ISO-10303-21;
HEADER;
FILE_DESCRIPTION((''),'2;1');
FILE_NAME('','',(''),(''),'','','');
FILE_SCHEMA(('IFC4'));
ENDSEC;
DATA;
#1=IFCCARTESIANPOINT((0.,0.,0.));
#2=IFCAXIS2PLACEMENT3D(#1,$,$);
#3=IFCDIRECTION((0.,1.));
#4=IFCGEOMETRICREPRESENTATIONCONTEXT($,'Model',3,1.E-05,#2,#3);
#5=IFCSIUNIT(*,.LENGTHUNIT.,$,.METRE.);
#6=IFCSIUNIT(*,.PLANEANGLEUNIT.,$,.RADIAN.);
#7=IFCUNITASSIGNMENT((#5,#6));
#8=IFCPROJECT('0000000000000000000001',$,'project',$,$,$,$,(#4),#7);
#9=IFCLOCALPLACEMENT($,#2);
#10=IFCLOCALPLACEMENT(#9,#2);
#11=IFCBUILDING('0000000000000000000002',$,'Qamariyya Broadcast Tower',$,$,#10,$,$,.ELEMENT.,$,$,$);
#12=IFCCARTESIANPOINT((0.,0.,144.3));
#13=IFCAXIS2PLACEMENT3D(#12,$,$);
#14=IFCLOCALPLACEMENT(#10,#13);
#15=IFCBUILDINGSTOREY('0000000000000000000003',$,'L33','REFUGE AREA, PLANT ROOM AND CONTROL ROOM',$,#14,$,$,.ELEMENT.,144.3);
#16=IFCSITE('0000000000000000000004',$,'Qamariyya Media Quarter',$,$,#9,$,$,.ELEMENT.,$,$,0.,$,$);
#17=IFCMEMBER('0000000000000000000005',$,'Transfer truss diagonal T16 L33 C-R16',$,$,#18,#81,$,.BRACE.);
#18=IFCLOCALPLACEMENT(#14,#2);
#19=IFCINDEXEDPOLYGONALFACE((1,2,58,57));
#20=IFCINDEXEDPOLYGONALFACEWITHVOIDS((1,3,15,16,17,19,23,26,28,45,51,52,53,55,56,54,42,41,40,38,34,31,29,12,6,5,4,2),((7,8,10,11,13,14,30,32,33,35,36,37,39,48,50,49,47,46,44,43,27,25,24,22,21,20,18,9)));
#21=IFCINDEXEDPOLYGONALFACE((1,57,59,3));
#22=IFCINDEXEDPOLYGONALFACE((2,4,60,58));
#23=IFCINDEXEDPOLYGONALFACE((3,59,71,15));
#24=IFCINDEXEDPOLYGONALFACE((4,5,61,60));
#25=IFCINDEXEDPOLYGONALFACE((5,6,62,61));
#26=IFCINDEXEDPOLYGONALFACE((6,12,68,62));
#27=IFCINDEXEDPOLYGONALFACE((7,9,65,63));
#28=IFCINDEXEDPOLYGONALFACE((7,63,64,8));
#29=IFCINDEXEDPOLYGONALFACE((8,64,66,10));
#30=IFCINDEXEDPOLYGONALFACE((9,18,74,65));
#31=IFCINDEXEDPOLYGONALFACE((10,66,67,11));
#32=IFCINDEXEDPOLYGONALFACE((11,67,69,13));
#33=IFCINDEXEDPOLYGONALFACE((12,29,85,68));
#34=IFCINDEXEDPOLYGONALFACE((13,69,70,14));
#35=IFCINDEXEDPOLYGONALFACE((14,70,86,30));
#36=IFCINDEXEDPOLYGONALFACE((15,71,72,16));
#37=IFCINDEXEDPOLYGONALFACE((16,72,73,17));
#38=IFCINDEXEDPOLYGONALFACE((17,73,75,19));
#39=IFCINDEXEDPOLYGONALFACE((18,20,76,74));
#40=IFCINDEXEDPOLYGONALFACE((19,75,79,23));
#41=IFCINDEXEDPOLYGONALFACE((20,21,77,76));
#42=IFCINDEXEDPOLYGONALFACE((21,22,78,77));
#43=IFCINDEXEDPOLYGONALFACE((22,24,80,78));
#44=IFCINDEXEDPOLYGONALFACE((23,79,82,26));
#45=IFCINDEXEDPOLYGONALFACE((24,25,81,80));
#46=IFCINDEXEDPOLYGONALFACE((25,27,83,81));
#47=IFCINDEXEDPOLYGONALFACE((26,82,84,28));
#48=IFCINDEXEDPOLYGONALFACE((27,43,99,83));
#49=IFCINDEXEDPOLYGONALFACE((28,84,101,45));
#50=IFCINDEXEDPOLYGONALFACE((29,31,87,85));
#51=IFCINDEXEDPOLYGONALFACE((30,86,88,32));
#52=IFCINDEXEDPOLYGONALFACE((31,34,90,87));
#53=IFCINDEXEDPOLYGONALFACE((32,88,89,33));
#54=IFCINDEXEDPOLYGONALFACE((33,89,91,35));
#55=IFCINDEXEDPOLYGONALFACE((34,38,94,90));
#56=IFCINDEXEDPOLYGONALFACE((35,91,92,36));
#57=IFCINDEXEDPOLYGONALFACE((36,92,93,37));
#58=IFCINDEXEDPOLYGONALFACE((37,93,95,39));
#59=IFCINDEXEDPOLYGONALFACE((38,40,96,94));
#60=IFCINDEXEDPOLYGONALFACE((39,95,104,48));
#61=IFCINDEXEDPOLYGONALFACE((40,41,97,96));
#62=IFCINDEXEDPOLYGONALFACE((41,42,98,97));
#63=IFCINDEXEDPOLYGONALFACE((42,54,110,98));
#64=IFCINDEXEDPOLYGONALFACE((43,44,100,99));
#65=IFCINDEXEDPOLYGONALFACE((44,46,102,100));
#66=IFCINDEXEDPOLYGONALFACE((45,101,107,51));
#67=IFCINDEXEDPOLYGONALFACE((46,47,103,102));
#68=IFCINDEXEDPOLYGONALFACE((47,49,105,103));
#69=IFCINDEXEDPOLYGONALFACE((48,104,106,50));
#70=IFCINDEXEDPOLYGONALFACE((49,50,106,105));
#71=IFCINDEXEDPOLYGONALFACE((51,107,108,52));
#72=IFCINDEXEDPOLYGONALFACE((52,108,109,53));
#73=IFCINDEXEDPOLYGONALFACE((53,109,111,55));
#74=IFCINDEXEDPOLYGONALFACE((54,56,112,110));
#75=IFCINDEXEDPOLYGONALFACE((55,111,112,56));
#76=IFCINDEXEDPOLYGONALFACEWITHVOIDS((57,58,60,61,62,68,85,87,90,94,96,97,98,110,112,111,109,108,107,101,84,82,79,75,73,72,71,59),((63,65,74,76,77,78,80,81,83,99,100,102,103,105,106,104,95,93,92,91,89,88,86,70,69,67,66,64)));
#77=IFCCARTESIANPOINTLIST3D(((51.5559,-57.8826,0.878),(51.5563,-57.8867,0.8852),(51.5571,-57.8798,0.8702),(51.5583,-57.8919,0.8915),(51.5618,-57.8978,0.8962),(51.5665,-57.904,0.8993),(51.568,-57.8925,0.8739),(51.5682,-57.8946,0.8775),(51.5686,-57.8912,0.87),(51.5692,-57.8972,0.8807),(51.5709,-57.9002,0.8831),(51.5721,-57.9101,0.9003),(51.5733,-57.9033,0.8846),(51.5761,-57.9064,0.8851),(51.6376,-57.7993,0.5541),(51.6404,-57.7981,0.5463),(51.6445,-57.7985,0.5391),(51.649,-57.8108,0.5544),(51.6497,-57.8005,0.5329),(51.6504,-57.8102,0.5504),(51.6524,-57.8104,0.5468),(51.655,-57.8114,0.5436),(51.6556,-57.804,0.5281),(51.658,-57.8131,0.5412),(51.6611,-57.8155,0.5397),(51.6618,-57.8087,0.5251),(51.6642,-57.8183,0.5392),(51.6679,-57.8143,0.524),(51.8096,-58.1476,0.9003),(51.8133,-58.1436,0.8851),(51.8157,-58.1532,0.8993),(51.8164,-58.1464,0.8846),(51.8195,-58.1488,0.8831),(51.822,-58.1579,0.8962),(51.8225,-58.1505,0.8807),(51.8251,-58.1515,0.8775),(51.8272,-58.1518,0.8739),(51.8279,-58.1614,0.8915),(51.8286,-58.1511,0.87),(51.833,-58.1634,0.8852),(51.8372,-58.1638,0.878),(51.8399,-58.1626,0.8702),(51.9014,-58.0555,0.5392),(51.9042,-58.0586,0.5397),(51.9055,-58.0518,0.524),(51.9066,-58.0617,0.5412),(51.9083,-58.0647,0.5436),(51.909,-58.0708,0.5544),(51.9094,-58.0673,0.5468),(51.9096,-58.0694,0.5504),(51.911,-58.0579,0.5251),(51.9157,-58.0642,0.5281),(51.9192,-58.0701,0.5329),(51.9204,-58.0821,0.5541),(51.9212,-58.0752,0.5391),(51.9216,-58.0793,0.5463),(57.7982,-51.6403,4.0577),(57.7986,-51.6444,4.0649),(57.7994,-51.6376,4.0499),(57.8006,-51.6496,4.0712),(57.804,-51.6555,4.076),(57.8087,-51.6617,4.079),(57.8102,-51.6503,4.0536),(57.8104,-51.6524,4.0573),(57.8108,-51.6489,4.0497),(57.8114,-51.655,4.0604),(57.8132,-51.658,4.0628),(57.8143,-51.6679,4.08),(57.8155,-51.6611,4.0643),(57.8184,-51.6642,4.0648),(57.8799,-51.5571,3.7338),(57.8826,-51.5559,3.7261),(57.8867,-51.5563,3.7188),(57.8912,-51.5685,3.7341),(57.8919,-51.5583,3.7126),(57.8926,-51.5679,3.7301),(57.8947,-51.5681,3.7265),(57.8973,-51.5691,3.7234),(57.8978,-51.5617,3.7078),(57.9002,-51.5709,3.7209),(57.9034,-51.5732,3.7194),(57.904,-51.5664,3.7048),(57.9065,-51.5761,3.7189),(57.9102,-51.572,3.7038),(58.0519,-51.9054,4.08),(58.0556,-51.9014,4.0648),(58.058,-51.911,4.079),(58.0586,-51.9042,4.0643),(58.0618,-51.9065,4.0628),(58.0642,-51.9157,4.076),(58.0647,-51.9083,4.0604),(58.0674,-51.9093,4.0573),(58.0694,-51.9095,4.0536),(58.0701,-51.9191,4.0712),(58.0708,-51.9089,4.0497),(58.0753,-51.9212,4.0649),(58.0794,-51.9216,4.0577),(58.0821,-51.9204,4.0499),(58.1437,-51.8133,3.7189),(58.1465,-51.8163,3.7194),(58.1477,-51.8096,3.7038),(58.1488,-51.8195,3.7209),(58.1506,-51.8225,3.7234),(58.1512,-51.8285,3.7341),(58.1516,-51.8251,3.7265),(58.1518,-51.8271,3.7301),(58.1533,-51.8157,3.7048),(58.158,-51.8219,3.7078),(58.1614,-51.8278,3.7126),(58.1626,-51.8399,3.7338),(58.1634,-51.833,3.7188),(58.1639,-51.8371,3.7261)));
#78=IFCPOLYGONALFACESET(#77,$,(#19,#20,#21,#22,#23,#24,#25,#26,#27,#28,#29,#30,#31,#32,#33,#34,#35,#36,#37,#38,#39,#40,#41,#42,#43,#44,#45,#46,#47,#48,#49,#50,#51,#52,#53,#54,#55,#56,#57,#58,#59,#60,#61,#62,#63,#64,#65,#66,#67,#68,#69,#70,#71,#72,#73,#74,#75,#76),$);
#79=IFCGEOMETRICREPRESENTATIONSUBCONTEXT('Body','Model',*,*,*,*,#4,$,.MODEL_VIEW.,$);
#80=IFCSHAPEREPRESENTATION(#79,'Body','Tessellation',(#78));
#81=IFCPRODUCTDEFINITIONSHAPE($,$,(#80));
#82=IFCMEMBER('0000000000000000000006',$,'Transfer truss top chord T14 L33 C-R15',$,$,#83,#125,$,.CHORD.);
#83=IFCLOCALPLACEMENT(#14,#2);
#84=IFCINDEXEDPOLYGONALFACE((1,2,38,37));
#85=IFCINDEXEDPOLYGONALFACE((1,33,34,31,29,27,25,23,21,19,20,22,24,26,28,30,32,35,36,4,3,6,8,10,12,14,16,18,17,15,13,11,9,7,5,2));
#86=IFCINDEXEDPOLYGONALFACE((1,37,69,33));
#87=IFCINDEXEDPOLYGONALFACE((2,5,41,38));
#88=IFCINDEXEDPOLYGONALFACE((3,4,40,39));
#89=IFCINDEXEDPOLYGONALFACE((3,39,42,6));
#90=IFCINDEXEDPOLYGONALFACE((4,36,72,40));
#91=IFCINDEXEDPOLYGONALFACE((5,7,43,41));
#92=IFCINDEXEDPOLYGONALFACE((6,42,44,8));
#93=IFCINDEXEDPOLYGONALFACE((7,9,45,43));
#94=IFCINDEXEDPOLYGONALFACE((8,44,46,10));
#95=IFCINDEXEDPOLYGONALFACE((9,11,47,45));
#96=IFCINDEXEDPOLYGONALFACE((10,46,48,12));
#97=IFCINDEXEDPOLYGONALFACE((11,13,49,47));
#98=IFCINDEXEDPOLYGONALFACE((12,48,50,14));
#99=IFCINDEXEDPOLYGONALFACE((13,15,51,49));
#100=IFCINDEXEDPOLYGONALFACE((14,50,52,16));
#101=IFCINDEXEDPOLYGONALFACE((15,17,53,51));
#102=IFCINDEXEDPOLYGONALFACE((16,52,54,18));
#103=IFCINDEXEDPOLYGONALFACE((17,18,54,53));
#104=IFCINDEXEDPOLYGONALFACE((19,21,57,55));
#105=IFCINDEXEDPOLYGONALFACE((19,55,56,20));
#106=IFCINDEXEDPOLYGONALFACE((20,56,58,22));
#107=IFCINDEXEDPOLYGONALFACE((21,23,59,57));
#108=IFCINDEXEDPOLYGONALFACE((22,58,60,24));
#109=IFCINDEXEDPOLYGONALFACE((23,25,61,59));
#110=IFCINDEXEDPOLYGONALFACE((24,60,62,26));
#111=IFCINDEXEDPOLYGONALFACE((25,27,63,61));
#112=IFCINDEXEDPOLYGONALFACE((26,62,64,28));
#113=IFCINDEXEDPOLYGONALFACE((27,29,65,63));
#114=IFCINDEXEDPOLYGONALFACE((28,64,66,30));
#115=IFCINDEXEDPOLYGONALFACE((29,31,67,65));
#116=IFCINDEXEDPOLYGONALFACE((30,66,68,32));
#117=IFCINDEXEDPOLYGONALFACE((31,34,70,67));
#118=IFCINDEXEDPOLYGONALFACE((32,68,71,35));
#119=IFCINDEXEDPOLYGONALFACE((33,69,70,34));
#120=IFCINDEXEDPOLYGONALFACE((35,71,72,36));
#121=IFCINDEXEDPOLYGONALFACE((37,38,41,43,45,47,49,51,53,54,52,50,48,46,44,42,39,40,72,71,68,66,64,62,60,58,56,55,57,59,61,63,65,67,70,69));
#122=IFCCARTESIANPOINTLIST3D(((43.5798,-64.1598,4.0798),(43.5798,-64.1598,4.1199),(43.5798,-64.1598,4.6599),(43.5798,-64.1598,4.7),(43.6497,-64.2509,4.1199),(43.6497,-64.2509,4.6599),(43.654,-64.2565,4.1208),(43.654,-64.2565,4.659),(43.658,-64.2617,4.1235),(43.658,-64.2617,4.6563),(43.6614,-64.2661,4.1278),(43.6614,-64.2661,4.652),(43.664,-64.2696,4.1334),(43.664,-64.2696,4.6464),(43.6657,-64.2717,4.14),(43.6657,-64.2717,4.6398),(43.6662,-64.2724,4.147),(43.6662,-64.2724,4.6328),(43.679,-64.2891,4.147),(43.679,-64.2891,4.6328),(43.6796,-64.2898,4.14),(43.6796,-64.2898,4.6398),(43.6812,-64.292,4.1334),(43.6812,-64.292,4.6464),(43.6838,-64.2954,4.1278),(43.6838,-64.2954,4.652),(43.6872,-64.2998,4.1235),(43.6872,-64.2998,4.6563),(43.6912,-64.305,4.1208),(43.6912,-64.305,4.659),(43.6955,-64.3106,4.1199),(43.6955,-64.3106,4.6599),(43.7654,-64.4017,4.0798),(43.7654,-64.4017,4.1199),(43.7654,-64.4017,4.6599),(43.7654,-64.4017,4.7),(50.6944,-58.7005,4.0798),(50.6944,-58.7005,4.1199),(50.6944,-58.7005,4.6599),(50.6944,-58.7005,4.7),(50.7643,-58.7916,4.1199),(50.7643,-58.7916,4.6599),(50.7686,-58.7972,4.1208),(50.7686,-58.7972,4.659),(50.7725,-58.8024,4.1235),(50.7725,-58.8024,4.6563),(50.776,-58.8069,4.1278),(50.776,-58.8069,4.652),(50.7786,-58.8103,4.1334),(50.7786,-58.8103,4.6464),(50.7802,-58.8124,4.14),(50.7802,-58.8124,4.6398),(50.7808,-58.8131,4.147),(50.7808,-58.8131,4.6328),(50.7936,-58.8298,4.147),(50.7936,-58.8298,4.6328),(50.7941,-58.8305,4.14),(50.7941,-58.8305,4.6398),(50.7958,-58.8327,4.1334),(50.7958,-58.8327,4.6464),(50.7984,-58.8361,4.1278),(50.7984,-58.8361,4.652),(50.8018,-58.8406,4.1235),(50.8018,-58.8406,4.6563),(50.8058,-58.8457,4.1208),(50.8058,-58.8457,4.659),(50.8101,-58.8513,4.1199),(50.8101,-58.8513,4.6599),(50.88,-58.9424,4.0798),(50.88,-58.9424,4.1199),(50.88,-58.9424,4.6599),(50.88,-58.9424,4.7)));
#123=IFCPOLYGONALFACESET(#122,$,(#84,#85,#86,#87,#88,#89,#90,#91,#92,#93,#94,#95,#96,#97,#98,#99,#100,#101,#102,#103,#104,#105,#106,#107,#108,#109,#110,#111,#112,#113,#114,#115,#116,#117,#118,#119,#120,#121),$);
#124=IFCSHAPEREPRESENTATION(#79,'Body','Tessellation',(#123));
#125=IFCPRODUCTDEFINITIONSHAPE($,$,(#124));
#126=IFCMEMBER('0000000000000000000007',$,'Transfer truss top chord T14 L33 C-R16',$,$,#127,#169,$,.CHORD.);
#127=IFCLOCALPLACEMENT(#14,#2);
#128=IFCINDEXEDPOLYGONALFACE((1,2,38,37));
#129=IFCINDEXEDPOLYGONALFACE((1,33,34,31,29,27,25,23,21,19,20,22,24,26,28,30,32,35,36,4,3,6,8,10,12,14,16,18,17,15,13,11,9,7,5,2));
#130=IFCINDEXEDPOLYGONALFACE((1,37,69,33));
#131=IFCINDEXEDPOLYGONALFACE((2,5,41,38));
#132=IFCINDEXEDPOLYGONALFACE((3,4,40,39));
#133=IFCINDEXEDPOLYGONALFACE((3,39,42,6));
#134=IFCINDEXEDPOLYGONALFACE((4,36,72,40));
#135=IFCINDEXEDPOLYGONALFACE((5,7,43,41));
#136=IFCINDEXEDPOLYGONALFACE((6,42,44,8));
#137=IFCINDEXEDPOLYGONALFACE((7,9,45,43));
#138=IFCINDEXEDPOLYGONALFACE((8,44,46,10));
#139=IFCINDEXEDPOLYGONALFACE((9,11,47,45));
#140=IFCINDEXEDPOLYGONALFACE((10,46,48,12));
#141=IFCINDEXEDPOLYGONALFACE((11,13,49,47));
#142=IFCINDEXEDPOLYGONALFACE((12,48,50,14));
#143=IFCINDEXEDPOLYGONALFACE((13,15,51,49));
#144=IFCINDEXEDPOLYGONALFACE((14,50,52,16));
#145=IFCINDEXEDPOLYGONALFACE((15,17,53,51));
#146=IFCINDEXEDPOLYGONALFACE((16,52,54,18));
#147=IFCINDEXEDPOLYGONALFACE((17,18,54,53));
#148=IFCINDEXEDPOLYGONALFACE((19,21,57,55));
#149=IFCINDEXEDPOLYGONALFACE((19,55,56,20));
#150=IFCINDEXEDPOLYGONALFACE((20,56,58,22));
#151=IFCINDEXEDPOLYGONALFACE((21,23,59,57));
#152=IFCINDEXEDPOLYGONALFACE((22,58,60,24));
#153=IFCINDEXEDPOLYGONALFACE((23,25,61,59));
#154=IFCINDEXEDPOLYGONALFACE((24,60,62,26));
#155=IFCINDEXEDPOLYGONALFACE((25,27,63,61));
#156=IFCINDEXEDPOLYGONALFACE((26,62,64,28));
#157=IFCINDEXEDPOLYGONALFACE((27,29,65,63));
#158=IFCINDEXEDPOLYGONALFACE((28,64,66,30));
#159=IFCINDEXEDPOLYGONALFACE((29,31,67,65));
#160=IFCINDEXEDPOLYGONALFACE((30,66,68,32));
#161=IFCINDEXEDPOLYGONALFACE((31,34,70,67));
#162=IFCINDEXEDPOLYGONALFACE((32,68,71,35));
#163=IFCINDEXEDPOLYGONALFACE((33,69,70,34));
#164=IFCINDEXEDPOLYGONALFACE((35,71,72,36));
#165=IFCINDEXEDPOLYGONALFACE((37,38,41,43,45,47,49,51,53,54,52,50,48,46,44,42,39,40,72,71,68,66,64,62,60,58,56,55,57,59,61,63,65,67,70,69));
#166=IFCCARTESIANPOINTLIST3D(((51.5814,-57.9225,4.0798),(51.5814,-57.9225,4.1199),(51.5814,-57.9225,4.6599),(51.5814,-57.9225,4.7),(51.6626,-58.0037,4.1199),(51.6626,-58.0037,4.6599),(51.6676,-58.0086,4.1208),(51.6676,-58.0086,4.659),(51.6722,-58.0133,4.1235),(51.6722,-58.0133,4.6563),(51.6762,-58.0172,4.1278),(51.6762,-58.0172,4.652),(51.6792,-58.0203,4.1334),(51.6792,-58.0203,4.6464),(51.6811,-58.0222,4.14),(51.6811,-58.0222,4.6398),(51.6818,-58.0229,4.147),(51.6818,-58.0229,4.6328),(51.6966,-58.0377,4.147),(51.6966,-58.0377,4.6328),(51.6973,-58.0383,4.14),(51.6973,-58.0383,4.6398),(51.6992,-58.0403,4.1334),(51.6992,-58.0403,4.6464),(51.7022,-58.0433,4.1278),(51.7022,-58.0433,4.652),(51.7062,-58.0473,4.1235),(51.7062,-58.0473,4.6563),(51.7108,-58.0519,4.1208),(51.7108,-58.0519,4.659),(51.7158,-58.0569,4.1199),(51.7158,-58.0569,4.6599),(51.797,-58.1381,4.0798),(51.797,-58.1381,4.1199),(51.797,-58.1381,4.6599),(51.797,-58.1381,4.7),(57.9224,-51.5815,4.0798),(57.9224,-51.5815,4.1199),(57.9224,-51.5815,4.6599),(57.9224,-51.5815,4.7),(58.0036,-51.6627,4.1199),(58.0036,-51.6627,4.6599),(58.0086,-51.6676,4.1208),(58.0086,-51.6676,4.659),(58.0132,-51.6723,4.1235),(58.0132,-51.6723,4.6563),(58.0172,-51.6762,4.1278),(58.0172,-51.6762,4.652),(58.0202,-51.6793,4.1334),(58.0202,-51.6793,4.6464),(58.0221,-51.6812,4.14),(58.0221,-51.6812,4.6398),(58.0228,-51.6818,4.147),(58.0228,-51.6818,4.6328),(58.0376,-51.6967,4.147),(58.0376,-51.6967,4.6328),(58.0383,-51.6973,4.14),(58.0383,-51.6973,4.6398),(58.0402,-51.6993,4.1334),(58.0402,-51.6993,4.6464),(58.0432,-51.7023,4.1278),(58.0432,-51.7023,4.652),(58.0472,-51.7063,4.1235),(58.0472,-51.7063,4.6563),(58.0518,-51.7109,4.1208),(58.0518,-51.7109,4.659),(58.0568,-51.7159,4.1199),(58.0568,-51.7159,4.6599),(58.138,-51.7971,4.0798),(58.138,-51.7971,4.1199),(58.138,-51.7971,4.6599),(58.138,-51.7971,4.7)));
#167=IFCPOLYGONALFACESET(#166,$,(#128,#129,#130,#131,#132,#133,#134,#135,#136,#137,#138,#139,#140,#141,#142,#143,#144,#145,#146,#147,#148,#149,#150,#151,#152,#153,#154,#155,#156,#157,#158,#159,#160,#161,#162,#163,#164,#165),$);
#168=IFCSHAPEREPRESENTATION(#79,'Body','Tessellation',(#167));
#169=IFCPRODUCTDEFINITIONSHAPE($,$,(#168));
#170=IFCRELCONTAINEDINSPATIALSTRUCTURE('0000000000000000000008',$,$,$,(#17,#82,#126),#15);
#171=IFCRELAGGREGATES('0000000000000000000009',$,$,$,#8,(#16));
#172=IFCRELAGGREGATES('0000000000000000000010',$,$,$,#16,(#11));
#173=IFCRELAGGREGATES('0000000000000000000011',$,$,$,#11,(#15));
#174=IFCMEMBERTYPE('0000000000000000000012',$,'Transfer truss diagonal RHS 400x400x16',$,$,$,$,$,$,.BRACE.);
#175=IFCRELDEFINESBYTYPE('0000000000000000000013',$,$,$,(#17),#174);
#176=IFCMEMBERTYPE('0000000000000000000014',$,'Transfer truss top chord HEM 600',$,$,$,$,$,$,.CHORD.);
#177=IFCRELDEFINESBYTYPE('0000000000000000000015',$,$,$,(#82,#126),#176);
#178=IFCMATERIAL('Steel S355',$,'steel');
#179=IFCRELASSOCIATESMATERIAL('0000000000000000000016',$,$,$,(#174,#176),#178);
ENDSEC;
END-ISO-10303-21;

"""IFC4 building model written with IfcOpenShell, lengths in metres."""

from ifc_helpers import new_model, si_unit, direction, frame, origin, origin_2d, place, context, subcontext, project, spatial, hollow_rectangle, i_section, extrude, material, material_profile, profile_set, type_object, element, save


model = new_model("IFC4")

# Units and contexts
model_context = context("Model", 3, precision=1e-05, world=origin(), true_north=direction((0.0, 1.0)))
body_context = subcontext(model_context, "Body", "Model", "MODEL_VIEW")
ifc_project = project(units=[si_unit("LENGTHUNIT", "METRE"), si_unit("PLANEANGLEUNIT", "RADIAN")], contexts=[model_context])

# Site, building, storey
site_placement = place(None, origin())
site = spatial("IfcSite", under=ifc_project, at=site_placement, Name="Qamariyya Media Quarter", CompositionType="ELEMENT", RefElevation=0.0)
building_placement = place(site_placement, origin())
building = spatial("IfcBuilding", under=site, at=building_placement, Name="Qamariyya Broadcast Tower", CompositionType="ELEMENT")
storey_placement = place(building_placement, frame((0.0, 0.0, 144.3)))
storey = spatial("IfcBuildingStorey", under=building, at=storey_placement, Name="L33", Description="REFUGE AREA, PLANT ROOM AND CONTROL ROOM", CompositionType="ELEMENT", Elevation=144.3)

# Shared definitions
ifc_material_1 = material(Name="Steel S355", Category="steel")

# Members
ifc_material_profile_1 = material_profile(ifc_material_1, hollow_rectangle(XDim=0.3999, YDim=0.3999, WallThickness=0.0161, InnerFilletRadius=0.0161, OuterFilletRadius=0.032, at=origin_2d()))
ifc_profile_set_1 = profile_set([ifc_material_profile_1], Name="Steel S355")
member_type_1 = type_object("IfcMemberType", Name="Transfer truss diagonal RHS 400x400x16", PredefinedType="BRACE", material=ifc_profile_set_1)
member_1_placement = place(storey_placement, frame((51.7388, -57.981, 0.7122), z_axis=(0.665267, 0.665267, 0.338878), x_axis=(-0.707107, 0.707107, 0.0)))
element("IfcMember", 1, at=member_1_placement, inside=storey, type_object=member_type_1, Name="Transfer truss diagonal T16 L33 C-R16", PredefinedType="BRACE", context=body_context, shape_type="SweptSolid", body=[
    extrude(hollow_rectangle(XDim=0.3999, YDim=0.3999, WallThickness=0.0161, InnerFilletRadius=0.0161, OuterFilletRadius=0.032, at=origin_2d()), origin(), (0.0, 0.0, 1.0), 9.3831),
])
ifc_material_profile_2 = material_profile(ifc_material_1, i_section(OverallWidth=0.3049, OverallDepth=0.6201, WebThickness=0.021, FlangeThickness=0.04, FilletRadius=0.0271, at=origin_2d()))
ifc_profile_set_2 = profile_set([ifc_material_profile_2], Name="Steel S355")
member_type_2 = type_object("IfcMemberType", Name="Transfer truss top chord HEM 600", PredefinedType="CHORD", material=ifc_profile_set_2)
member_2_placement = place(storey_placement, frame((43.6726, -64.2808, 4.3899), z_axis=(0.793349, 0.608767, 0.0), x_axis=(-0.608767, 0.793349, 0.0)))
element("IfcMember", 2, at=member_2_placement, inside=storey, type_object=member_type_2, Name="Transfer truss top chord T14 L33 C-R15", PredefinedType="CHORD", context=body_context, shape_type="SweptSolid", body=[
    extrude(i_section(OverallWidth=0.3049, OverallDepth=0.6201, WebThickness=0.021, FlangeThickness=0.04, FilletRadius=0.0271, at=origin_2d()), origin(), (0.0, 0.0, 1.0), 8.9678),
])
member_3_placement = place(storey_placement, frame((51.6892, -58.0303, 4.3899), z_axis=(0.707107, 0.707107, 0.0), x_axis=(-0.707107, 0.707107, 0.0)))
element("IfcMember", 3, at=member_3_placement, inside=storey, type_object=member_type_2, Name="Transfer truss top chord T14 L33 C-R16", PredefinedType="CHORD", context=body_context, shape_type="SweptSolid", body=[
    extrude(i_section(OverallWidth=0.3049, OverallDepth=0.6201, WebThickness=0.021, FlangeThickness=0.04, FilletRadius=0.0271, at=origin_2d()), origin(), (0.0, 0.0, 1.0), 8.9675),
])

save(model, "model.ifc")
